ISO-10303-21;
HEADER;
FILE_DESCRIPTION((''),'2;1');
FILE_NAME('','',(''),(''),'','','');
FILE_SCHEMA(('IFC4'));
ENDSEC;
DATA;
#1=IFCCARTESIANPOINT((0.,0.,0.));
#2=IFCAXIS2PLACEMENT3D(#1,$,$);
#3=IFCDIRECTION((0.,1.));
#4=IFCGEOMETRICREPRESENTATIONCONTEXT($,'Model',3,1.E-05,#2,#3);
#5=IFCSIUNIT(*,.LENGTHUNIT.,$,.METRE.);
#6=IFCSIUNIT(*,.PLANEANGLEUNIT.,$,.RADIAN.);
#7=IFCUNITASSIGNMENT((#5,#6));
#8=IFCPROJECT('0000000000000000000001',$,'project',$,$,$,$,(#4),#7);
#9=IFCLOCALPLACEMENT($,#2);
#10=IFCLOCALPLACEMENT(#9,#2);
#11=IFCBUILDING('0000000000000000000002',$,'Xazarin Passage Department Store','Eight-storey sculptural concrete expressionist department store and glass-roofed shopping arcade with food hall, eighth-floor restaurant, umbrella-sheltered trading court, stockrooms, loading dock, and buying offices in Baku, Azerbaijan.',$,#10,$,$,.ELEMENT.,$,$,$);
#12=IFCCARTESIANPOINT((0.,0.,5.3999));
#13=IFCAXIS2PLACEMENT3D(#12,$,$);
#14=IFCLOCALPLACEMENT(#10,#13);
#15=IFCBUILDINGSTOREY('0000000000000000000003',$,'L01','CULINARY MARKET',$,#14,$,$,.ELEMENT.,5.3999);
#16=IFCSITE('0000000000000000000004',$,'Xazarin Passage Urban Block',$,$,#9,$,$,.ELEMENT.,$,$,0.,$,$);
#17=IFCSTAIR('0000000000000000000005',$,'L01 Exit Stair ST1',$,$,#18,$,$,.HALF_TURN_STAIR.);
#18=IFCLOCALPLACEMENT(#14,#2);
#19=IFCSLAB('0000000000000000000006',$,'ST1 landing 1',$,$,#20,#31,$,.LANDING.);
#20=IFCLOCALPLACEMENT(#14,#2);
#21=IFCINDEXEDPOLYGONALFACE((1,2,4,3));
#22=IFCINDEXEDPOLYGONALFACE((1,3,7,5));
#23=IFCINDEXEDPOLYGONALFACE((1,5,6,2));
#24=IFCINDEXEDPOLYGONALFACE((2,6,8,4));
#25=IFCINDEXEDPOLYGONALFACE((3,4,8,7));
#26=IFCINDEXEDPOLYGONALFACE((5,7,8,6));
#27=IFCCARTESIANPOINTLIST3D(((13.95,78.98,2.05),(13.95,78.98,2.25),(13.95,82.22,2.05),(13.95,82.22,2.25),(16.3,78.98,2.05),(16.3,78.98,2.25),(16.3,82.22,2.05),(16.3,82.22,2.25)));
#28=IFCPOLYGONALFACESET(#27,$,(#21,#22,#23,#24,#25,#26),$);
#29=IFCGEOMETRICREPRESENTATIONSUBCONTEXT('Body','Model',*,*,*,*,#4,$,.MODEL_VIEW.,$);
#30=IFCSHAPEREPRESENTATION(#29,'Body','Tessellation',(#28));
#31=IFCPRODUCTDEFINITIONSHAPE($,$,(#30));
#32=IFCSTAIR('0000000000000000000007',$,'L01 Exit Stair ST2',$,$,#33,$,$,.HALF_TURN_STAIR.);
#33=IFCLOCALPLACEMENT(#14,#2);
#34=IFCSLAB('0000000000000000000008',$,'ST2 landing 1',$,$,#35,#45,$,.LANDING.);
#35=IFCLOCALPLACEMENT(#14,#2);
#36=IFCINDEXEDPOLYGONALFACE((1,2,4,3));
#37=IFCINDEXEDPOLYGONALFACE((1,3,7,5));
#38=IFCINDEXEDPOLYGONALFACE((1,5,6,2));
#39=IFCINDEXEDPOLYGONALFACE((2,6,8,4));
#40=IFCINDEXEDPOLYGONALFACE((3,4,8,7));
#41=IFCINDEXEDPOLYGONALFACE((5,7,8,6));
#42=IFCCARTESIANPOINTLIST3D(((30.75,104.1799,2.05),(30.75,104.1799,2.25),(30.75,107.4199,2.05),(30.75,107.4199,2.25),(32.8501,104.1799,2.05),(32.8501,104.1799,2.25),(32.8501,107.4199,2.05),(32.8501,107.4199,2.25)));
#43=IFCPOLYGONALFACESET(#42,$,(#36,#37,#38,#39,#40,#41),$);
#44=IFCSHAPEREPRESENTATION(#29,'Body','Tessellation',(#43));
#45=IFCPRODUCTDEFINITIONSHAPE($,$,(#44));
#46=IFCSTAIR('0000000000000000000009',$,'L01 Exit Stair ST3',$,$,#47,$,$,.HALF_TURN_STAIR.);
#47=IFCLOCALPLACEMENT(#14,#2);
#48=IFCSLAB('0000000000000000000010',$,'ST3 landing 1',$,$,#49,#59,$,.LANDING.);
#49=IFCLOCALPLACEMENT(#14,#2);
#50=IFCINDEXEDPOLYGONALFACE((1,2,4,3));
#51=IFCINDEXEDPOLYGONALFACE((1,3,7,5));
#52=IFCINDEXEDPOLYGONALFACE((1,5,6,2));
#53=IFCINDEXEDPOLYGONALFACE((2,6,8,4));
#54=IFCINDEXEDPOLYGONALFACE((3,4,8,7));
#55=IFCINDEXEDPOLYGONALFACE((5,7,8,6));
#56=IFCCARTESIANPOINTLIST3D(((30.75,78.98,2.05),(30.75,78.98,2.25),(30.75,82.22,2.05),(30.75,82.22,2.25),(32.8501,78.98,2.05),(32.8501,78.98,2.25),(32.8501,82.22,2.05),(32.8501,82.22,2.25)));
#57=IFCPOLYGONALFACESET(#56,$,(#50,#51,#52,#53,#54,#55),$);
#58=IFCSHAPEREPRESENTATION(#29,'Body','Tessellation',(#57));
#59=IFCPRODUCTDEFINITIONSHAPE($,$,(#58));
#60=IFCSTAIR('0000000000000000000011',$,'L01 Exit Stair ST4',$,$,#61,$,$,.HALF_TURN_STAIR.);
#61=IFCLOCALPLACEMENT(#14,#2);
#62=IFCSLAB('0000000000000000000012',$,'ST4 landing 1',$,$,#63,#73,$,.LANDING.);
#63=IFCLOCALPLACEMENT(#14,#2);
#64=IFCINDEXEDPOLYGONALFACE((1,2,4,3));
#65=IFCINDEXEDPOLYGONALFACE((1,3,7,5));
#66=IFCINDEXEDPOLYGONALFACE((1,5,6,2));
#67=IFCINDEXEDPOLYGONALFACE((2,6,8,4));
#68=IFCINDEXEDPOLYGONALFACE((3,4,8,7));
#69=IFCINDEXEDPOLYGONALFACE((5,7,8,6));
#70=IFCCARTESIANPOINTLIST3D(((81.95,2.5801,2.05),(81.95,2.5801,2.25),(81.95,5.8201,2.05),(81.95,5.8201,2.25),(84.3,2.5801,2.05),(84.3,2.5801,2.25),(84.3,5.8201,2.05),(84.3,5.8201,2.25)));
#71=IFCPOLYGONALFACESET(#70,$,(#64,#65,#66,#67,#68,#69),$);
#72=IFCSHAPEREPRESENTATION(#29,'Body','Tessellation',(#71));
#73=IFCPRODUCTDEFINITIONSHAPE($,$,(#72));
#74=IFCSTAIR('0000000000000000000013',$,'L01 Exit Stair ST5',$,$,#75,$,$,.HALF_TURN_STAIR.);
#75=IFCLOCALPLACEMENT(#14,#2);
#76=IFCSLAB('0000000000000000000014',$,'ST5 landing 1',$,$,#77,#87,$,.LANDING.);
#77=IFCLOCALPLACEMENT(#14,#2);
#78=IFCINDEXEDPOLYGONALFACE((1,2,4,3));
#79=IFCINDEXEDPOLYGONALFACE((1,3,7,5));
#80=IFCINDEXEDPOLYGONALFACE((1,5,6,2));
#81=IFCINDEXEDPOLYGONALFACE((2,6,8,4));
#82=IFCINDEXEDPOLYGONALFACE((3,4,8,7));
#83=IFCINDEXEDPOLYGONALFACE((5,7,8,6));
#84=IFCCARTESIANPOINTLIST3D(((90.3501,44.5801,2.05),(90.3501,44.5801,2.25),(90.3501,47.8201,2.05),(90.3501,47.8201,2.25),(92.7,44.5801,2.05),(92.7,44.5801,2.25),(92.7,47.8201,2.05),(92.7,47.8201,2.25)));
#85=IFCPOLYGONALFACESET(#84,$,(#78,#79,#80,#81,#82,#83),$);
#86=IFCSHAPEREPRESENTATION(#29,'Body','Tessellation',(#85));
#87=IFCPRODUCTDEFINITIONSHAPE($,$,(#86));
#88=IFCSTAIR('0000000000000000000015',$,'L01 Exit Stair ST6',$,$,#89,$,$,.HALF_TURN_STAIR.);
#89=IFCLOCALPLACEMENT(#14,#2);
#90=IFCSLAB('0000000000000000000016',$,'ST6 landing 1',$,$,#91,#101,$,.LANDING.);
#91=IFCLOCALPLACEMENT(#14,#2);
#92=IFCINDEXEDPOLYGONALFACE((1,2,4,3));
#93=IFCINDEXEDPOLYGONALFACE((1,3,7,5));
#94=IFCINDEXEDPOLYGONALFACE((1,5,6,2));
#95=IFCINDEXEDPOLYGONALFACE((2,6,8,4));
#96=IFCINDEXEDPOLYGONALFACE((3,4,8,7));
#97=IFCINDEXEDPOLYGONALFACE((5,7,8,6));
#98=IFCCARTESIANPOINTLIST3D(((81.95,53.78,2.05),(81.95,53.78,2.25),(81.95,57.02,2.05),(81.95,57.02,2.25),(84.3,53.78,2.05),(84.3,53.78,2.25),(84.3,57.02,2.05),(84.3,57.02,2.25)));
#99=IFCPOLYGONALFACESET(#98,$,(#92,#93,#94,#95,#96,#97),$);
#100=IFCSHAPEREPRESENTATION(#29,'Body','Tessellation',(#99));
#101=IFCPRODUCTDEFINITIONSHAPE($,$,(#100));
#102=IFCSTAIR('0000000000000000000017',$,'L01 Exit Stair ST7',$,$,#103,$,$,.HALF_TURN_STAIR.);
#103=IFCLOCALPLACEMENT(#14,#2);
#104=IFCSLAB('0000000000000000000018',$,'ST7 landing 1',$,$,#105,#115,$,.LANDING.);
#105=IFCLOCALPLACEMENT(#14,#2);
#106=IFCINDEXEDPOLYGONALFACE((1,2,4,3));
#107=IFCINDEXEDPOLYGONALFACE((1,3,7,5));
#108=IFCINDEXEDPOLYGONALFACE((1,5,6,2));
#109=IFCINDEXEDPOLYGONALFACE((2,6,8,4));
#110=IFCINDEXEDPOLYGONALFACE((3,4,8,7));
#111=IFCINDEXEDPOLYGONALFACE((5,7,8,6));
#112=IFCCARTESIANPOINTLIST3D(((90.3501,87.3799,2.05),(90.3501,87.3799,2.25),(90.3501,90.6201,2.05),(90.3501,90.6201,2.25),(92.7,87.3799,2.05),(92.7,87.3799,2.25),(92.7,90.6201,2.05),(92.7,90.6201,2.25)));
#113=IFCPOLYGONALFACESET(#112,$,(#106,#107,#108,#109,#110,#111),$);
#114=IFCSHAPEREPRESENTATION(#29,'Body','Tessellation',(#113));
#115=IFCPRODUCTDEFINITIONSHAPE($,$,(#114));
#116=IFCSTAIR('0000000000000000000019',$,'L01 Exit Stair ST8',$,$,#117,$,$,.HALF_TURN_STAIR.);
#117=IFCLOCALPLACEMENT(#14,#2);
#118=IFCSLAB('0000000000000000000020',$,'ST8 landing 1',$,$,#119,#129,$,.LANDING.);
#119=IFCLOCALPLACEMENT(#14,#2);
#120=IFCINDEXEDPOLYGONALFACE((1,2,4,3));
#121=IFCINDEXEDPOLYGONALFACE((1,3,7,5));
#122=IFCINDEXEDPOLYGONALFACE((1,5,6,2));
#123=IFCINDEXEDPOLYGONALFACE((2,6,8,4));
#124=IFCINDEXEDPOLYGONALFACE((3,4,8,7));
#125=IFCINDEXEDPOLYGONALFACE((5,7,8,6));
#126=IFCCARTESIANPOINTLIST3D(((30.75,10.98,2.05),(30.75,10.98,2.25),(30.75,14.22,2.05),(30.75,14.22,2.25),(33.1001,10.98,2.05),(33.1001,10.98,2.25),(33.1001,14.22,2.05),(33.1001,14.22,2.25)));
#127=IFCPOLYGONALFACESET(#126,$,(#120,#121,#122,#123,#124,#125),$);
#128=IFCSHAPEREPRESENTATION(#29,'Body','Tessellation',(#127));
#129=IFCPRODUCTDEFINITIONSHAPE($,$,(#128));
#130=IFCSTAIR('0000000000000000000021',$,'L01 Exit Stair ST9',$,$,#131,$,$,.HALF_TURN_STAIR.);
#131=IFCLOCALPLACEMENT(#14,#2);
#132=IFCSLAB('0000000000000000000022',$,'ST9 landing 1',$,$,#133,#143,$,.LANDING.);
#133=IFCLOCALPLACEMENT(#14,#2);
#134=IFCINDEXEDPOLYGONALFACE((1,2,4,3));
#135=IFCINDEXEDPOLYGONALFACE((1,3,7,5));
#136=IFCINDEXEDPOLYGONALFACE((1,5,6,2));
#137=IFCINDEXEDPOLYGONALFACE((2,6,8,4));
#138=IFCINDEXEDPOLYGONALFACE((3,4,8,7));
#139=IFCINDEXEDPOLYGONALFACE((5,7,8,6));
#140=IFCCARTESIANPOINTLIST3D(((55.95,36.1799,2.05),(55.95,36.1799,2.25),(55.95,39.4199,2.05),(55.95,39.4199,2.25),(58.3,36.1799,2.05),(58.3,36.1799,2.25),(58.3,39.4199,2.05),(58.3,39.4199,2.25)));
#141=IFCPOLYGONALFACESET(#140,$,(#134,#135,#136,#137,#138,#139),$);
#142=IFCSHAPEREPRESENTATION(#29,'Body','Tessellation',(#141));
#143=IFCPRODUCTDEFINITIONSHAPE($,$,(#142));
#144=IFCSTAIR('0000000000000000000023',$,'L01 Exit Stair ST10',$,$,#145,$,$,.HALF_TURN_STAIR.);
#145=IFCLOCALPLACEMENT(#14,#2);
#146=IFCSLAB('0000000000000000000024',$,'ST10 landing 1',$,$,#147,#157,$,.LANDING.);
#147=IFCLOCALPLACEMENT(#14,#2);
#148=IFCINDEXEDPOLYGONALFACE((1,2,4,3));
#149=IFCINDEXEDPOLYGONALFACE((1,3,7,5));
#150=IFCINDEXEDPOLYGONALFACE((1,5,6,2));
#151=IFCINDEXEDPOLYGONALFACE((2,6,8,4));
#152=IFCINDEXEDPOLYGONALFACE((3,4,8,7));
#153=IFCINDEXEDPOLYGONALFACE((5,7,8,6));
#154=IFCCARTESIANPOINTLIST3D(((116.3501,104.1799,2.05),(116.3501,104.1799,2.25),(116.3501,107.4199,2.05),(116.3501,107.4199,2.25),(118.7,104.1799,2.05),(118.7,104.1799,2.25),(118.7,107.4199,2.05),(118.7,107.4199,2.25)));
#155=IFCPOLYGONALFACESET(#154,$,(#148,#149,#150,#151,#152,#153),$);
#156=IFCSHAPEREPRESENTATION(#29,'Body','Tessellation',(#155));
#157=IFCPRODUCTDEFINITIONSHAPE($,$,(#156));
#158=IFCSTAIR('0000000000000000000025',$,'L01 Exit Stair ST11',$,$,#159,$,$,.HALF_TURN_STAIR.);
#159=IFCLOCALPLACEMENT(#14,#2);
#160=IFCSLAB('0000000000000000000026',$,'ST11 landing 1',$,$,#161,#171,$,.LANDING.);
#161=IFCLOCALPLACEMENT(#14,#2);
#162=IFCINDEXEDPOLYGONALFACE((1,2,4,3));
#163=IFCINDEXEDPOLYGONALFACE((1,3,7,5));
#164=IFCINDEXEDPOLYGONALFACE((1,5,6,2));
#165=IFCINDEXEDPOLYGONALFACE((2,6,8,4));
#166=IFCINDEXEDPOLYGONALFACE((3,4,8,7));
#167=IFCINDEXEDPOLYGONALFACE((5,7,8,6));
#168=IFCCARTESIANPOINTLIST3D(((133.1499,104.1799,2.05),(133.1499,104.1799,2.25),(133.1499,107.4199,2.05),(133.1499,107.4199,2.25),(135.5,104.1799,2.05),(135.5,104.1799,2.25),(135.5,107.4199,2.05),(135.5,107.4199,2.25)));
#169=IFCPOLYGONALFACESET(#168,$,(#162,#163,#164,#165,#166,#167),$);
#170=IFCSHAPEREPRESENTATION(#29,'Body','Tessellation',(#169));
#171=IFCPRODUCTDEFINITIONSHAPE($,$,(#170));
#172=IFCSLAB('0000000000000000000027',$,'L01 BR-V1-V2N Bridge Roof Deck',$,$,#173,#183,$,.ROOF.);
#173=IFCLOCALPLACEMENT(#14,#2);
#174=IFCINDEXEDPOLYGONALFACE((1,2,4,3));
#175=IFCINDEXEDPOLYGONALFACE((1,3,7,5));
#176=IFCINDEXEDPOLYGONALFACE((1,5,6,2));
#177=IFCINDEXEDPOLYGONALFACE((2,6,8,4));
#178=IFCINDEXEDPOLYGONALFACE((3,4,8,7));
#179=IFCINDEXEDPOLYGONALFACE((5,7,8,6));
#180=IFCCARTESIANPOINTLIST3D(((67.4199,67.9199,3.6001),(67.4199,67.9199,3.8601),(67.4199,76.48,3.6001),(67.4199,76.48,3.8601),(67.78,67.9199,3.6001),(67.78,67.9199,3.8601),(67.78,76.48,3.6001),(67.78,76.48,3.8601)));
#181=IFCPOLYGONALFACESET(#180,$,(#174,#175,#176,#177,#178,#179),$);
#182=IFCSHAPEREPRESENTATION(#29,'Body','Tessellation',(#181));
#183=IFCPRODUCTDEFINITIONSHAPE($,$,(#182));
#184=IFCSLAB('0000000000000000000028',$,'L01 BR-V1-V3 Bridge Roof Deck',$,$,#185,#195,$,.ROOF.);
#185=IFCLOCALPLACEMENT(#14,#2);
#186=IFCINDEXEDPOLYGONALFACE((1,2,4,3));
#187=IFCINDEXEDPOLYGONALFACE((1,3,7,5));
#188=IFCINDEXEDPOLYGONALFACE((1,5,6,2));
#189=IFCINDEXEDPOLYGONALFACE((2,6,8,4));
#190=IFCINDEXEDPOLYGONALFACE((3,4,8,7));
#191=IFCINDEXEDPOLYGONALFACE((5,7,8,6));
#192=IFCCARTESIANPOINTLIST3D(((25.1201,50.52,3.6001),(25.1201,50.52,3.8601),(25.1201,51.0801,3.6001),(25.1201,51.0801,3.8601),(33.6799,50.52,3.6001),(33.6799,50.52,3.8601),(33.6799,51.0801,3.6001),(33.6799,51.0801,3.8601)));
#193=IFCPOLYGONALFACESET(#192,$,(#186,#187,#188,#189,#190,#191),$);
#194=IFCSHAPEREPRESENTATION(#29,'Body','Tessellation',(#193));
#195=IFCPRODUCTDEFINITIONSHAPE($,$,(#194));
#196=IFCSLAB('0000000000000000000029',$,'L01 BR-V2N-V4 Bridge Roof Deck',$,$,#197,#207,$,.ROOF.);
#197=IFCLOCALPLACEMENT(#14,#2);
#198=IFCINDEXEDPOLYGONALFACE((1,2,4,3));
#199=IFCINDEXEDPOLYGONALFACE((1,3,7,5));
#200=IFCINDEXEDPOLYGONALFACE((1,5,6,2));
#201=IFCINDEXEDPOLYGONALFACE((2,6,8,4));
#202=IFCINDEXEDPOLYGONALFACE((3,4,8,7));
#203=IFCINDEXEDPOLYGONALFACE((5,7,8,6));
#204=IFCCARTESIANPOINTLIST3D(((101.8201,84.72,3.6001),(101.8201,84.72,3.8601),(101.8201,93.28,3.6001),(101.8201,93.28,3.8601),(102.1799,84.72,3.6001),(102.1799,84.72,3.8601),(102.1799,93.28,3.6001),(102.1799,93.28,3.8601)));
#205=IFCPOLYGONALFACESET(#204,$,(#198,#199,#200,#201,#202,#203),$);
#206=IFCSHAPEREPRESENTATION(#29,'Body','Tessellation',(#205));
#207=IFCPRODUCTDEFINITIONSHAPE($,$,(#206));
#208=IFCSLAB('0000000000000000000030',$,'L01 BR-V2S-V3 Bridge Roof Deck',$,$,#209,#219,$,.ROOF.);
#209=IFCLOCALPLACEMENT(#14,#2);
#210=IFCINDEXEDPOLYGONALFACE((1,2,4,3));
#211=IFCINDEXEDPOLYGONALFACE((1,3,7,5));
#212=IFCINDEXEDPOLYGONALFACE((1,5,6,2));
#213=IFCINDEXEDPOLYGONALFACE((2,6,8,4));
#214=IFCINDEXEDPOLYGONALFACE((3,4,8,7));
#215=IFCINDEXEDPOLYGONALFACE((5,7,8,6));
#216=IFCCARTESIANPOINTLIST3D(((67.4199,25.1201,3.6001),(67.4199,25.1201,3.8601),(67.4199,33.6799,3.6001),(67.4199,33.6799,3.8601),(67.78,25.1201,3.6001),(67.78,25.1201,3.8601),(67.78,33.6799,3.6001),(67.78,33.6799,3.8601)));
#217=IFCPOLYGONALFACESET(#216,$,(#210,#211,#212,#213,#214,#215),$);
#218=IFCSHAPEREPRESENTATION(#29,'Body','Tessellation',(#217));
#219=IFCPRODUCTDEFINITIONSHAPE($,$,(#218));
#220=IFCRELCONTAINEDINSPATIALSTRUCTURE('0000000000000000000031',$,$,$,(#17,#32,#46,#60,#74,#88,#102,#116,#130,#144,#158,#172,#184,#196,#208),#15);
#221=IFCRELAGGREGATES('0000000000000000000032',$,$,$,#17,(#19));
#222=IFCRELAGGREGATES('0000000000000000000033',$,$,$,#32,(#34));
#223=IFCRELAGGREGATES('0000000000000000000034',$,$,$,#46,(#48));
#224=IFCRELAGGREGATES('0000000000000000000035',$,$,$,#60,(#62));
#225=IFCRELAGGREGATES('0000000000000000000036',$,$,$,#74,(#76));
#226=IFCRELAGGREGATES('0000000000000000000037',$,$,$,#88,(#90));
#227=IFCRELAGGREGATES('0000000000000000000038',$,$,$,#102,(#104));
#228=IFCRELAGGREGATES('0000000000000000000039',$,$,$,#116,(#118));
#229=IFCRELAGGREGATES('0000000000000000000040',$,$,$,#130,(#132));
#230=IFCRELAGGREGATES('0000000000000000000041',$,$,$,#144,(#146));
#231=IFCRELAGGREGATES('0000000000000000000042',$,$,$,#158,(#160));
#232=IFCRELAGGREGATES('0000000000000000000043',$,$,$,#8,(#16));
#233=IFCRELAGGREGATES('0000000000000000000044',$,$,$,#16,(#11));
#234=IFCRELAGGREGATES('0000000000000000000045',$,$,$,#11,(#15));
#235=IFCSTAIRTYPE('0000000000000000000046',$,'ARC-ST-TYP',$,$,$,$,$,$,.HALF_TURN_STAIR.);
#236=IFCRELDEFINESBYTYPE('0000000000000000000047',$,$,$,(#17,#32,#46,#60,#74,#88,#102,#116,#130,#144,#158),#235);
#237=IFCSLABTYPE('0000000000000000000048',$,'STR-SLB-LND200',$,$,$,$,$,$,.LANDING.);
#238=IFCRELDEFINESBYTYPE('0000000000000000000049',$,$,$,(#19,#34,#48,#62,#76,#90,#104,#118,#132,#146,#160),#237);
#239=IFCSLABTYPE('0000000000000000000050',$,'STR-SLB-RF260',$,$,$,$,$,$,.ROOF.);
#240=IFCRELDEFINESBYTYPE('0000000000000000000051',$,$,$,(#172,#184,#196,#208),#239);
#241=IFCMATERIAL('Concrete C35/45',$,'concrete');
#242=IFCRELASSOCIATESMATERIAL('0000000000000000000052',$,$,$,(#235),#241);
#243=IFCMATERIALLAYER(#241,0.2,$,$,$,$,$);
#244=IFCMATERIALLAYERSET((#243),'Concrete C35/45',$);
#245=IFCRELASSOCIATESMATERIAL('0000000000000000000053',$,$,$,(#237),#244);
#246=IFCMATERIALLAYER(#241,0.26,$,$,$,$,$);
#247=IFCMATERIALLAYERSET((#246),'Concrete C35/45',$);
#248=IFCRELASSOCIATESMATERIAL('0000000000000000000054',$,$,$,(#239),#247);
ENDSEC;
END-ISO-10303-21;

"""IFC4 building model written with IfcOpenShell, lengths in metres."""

from ifc_helpers import new_model, si_unit, direction, frame, origin, place, context, subcontext, project, spatial, polyline, outline, extrude, material, layer, layer_set, type_object, element, aggregate, save


model = new_model("IFC4")

# Units and contexts
model_context = context("Model", 3, precision=1e-05, world=origin(), true_north=direction((0.0, 1.0)))
body_context = subcontext(model_context, "Body", "Model", "MODEL_VIEW")
ifc_project = project(units=[si_unit("LENGTHUNIT", "METRE"), si_unit("PLANEANGLEUNIT", "RADIAN")], contexts=[model_context])

# Site, building, storey
site_placement = place(None, origin())
site = spatial("IfcSite", under=ifc_project, at=site_placement, Name="Xazarin Passage Urban Block", CompositionType="ELEMENT", RefElevation=0.0)
building_placement = place(site_placement, origin())
building = spatial("IfcBuilding", under=site, at=building_placement, Name="Xazarin Passage Department Store", Description="Eight-storey sculptural concrete expressionist department store and glass-roofed shopping arcade with food hall, eighth-floor restaurant, umbrella-sheltered trading court, stockrooms, loading dock, and buying offices in Baku, Azerbaijan.", CompositionType="ELEMENT")
storey_placement = place(building_placement, frame((0.0, 0.0, 5.3999)))
storey = spatial("IfcBuildingStorey", under=building, at=storey_placement, Name="L01", Description="CULINARY MARKET", CompositionType="ELEMENT", Elevation=5.3999)

# Stairs, slabs
ifc_material_1 = material(Name="Concrete C35/45", Category="concrete")
stair_type = type_object("IfcStairType", Name="ARC-ST-TYP", PredefinedType="HALF_TURN_STAIR", material=ifc_material_1)
stair_1_placement = place(storey_placement, origin())
stair_1 = element("IfcStair", 1, at=stair_1_placement, inside=storey, type_object=stair_type, Name="L01 Exit Stair ST1", PredefinedType="HALF_TURN_STAIR")
ifc_layer_1 = layer(ifc_material_1, 0.2)
ifc_layer_set_1 = layer_set([ifc_layer_1], Name="Concrete C35/45")
slab_type_1 = type_object("IfcSlabType", Name="STR-SLB-LND200", PredefinedType="LANDING", material=ifc_layer_set_1)
slab_1_placement = place(storey_placement, frame((0.0, 0.0, 2.05)))
slab_1 = element("IfcSlab", 2, at=slab_1_placement, type_object=slab_type_1, Name="ST1 landing 1", PredefinedType="LANDING", context=body_context, shape_type="SweptSolid", body=[
    extrude(outline(polyline([(13.95, 78.98), (16.3, 78.98), (16.3, 82.22), (13.95, 82.22), (13.95, 78.98)])), origin(), (0.0, 0.0, 1.0), 0.2),
])
aggregate(stair_1, [slab_1])
stair_2_placement = place(storey_placement, origin())
stair_2 = element("IfcStair", 3, at=stair_2_placement, inside=storey, type_object=stair_type, Name="L01 Exit Stair ST2", PredefinedType="HALF_TURN_STAIR")
slab_2_placement = place(storey_placement, frame((0.0, 0.0, 2.05)))
slab_2 = element("IfcSlab", 4, at=slab_2_placement, type_object=slab_type_1, Name="ST2 landing 1", PredefinedType="LANDING", context=body_context, shape_type="SweptSolid", body=[
    extrude(outline(polyline([(30.75, 104.1799), (32.8501, 104.1799), (32.8501, 107.4199), (30.75, 107.4199), (30.75, 104.1799)])), origin(), (0.0, 0.0, 1.0), 0.2),
])
aggregate(stair_2, [slab_2])
stair_3_placement = place(storey_placement, origin())
stair_3 = element("IfcStair", 5, at=stair_3_placement, inside=storey, type_object=stair_type, Name="L01 Exit Stair ST3", PredefinedType="HALF_TURN_STAIR")
slab_3_placement = place(storey_placement, frame((0.0, 0.0, 2.05)))
slab_3 = element("IfcSlab", 6, at=slab_3_placement, type_object=slab_type_1, Name="ST3 landing 1", PredefinedType="LANDING", context=body_context, shape_type="SweptSolid", body=[
    extrude(outline(polyline([(30.75, 78.98), (32.8501, 78.98), (32.8501, 82.22), (30.75, 82.22), (30.75, 78.98)])), origin(), (0.0, 0.0, 1.0), 0.2),
])
aggregate(stair_3, [slab_3])
stair_4_placement = place(storey_placement, origin())
stair_4 = element("IfcStair", 7, at=stair_4_placement, inside=storey, type_object=stair_type, Name="L01 Exit Stair ST4", PredefinedType="HALF_TURN_STAIR")
slab_4_placement = place(storey_placement, frame((0.0, 0.0, 2.05)))
slab_4 = element("IfcSlab", 8, at=slab_4_placement, type_object=slab_type_1, Name="ST4 landing 1", PredefinedType="LANDING", context=body_context, shape_type="SweptSolid", body=[
    extrude(outline(polyline([(81.95, 2.5801), (84.3, 2.5801), (84.3, 5.8201), (81.95, 5.8201), (81.95, 2.5801)])), origin(), (0.0, 0.0, 1.0), 0.2),
])
aggregate(stair_4, [slab_4])
stair_5_placement = place(storey_placement, origin())
stair_5 = element("IfcStair", 9, at=stair_5_placement, inside=storey, type_object=stair_type, Name="L01 Exit Stair ST5", PredefinedType="HALF_TURN_STAIR")
slab_5_placement = place(storey_placement, frame((0.0, 0.0, 2.05)))
slab_5 = element("IfcSlab", 10, at=slab_5_placement, type_object=slab_type_1, Name="ST5 landing 1", PredefinedType="LANDING", context=body_context, shape_type="SweptSolid", body=[
    extrude(outline(polyline([(90.3501, 44.5801), (92.7, 44.5801), (92.7, 47.8201), (90.3501, 47.8201), (90.3501, 44.5801)])), origin(), (0.0, 0.0, 1.0), 0.2),
])
aggregate(stair_5, [slab_5])
stair_6_placement = place(storey_placement, origin())
stair_6 = element("IfcStair", 11, at=stair_6_placement, inside=storey, type_object=stair_type, Name="L01 Exit Stair ST6", PredefinedType="HALF_TURN_STAIR")
slab_6_placement = place(storey_placement, frame((0.0, 0.0, 2.05)))
slab_6 = element("IfcSlab", 12, at=slab_6_placement, type_object=slab_type_1, Name="ST6 landing 1", PredefinedType="LANDING", context=body_context, shape_type="SweptSolid", body=[
    extrude(outline(polyline([(81.95, 53.78), (84.3, 53.78), (84.3, 57.02), (81.95, 57.02), (81.95, 53.78)])), origin(), (0.0, 0.0, 1.0), 0.2),
])
aggregate(stair_6, [slab_6])
stair_7_placement = place(storey_placement, origin())
stair_7 = element("IfcStair", 13, at=stair_7_placement, inside=storey, type_object=stair_type, Name="L01 Exit Stair ST7", PredefinedType="HALF_TURN_STAIR")
slab_7_placement = place(storey_placement, frame((0.0, 0.0, 2.05)))
slab_7 = element("IfcSlab", 14, at=slab_7_placement, type_object=slab_type_1, Name="ST7 landing 1", PredefinedType="LANDING", context=body_context, shape_type="SweptSolid", body=[
    extrude(outline(polyline([(90.3501, 87.3799), (92.7, 87.3799), (92.7, 90.6201), (90.3501, 90.6201), (90.3501, 87.3799)])), origin(), (0.0, 0.0, 1.0), 0.2),
])
aggregate(stair_7, [slab_7])
stair_8_placement = place(storey_placement, origin())
stair_8 = element("IfcStair", 15, at=stair_8_placement, inside=storey, type_object=stair_type, Name="L01 Exit Stair ST8", PredefinedType="HALF_TURN_STAIR")
slab_8_placement = place(storey_placement, frame((0.0, 0.0, 2.05)))
slab_8 = element("IfcSlab", 16, at=slab_8_placement, type_object=slab_type_1, Name="ST8 landing 1", PredefinedType="LANDING", context=body_context, shape_type="SweptSolid", body=[
    extrude(outline(polyline([(30.75, 10.98), (33.1001, 10.98), (33.1001, 14.22), (30.75, 14.22), (30.75, 10.98)])), origin(), (0.0, 0.0, 1.0), 0.2),
])
aggregate(stair_8, [slab_8])
stair_9_placement = place(storey_placement, origin())
stair_9 = element("IfcStair", 17, at=stair_9_placement, inside=storey, type_object=stair_type, Name="L01 Exit Stair ST9", PredefinedType="HALF_TURN_STAIR")
slab_9_placement = place(storey_placement, frame((0.0, 0.0, 2.05)))
slab_9 = element("IfcSlab", 18, at=slab_9_placement, type_object=slab_type_1, Name="ST9 landing 1", PredefinedType="LANDING", context=body_context, shape_type="SweptSolid", body=[
    extrude(outline(polyline([(55.95, 36.1799), (58.3, 36.1799), (58.3, 39.4199), (55.95, 39.4199), (55.95, 36.1799)])), origin(), (0.0, 0.0, 1.0), 0.2),
])
aggregate(stair_9, [slab_9])
stair_10_placement = place(storey_placement, origin())
stair_10 = element("IfcStair", 19, at=stair_10_placement, inside=storey, type_object=stair_type, Name="L01 Exit Stair ST10", PredefinedType="HALF_TURN_STAIR")
slab_10_placement = place(storey_placement, frame((0.0, 0.0, 2.05)))
slab_10 = element("IfcSlab", 20, at=slab_10_placement, type_object=slab_type_1, Name="ST10 landing 1", PredefinedType="LANDING", context=body_context, shape_type="SweptSolid", body=[
    extrude(outline(polyline([(116.3501, 104.1799), (118.7, 104.1799), (118.7, 107.4199), (116.3501, 107.4199), (116.3501, 104.1799)])), origin(), (0.0, 0.0, 1.0), 0.2),
])
aggregate(stair_10, [slab_10])
stair_11_placement = place(storey_placement, origin())
stair_11 = element("IfcStair", 21, at=stair_11_placement, inside=storey, type_object=stair_type, Name="L01 Exit Stair ST11", PredefinedType="HALF_TURN_STAIR")
slab_11_placement = place(storey_placement, frame((0.0, 0.0, 2.05)))
slab_11 = element("IfcSlab", 22, at=slab_11_placement, type_object=slab_type_1, Name="ST11 landing 1", PredefinedType="LANDING", context=body_context, shape_type="SweptSolid", body=[
    extrude(outline(polyline([(133.1499, 104.1799), (135.5, 104.1799), (135.5, 107.4199), (133.1499, 107.4199), (133.1499, 104.1799)])), origin(), (0.0, 0.0, 1.0), 0.2),
])
aggregate(stair_11, [slab_11])

# Slabs
ifc_layer_2 = layer(ifc_material_1, 0.26)
ifc_layer_set_2 = layer_set([ifc_layer_2], Name="Concrete C35/45")
slab_type_2 = type_object("IfcSlabType", Name="STR-SLB-RF260", PredefinedType="ROOF", material=ifc_layer_set_2)
slab_12_placement = place(storey_placement, frame((0.0, 0.0, 3.6001)))
element("IfcSlab", 23, at=slab_12_placement, inside=storey, type_object=slab_type_2, Name="L01 BR-V1-V2N Bridge Roof Deck", PredefinedType="ROOF", context=body_context, shape_type="SweptSolid", body=[
    extrude(outline(polyline([(67.4199, 67.9199), (67.78, 67.9199), (67.78, 76.48), (67.4199, 76.48), (67.4199, 67.9199)])), origin(), (0.0, 0.0, 1.0), 0.26),
])
slab_13_placement = place(storey_placement, frame((0.0, 0.0, 3.6001)))
element("IfcSlab", 24, at=slab_13_placement, inside=storey, type_object=slab_type_2, Name="L01 BR-V1-V3 Bridge Roof Deck", PredefinedType="ROOF", context=body_context, shape_type="SweptSolid", body=[
    extrude(outline(polyline([(25.1201, 50.52), (33.6799, 50.52), (33.6799, 51.0801), (25.1201, 51.0801), (25.1201, 50.52)])), origin(), (0.0, 0.0, 1.0), 0.26),
])
slab_14_placement = place(storey_placement, frame((0.0, 0.0, 3.6001)))
element("IfcSlab", 25, at=slab_14_placement, inside=storey, type_object=slab_type_2, Name="L01 BR-V2N-V4 Bridge Roof Deck", PredefinedType="ROOF", context=body_context, shape_type="SweptSolid", body=[
    extrude(outline(polyline([(101.8201, 84.72), (102.1799, 84.72), (102.1799, 93.28), (101.8201, 93.28), (101.8201, 84.72)])), origin(), (0.0, 0.0, 1.0), 0.26),
])
slab_15_placement = place(storey_placement, frame((0.0, 0.0, 3.6001)))
element("IfcSlab", 26, at=slab_15_placement, inside=storey, type_object=slab_type_2, Name="L01 BR-V2S-V3 Bridge Roof Deck", PredefinedType="ROOF", context=body_context, shape_type="SweptSolid", body=[
    extrude(outline(polyline([(67.4199, 25.1201), (67.78, 25.1201), (67.78, 33.6799), (67.4199, 33.6799), (67.4199, 25.1201)])), origin(), (0.0, 0.0, 1.0), 0.26),
])

save(model, "model.ifc")
